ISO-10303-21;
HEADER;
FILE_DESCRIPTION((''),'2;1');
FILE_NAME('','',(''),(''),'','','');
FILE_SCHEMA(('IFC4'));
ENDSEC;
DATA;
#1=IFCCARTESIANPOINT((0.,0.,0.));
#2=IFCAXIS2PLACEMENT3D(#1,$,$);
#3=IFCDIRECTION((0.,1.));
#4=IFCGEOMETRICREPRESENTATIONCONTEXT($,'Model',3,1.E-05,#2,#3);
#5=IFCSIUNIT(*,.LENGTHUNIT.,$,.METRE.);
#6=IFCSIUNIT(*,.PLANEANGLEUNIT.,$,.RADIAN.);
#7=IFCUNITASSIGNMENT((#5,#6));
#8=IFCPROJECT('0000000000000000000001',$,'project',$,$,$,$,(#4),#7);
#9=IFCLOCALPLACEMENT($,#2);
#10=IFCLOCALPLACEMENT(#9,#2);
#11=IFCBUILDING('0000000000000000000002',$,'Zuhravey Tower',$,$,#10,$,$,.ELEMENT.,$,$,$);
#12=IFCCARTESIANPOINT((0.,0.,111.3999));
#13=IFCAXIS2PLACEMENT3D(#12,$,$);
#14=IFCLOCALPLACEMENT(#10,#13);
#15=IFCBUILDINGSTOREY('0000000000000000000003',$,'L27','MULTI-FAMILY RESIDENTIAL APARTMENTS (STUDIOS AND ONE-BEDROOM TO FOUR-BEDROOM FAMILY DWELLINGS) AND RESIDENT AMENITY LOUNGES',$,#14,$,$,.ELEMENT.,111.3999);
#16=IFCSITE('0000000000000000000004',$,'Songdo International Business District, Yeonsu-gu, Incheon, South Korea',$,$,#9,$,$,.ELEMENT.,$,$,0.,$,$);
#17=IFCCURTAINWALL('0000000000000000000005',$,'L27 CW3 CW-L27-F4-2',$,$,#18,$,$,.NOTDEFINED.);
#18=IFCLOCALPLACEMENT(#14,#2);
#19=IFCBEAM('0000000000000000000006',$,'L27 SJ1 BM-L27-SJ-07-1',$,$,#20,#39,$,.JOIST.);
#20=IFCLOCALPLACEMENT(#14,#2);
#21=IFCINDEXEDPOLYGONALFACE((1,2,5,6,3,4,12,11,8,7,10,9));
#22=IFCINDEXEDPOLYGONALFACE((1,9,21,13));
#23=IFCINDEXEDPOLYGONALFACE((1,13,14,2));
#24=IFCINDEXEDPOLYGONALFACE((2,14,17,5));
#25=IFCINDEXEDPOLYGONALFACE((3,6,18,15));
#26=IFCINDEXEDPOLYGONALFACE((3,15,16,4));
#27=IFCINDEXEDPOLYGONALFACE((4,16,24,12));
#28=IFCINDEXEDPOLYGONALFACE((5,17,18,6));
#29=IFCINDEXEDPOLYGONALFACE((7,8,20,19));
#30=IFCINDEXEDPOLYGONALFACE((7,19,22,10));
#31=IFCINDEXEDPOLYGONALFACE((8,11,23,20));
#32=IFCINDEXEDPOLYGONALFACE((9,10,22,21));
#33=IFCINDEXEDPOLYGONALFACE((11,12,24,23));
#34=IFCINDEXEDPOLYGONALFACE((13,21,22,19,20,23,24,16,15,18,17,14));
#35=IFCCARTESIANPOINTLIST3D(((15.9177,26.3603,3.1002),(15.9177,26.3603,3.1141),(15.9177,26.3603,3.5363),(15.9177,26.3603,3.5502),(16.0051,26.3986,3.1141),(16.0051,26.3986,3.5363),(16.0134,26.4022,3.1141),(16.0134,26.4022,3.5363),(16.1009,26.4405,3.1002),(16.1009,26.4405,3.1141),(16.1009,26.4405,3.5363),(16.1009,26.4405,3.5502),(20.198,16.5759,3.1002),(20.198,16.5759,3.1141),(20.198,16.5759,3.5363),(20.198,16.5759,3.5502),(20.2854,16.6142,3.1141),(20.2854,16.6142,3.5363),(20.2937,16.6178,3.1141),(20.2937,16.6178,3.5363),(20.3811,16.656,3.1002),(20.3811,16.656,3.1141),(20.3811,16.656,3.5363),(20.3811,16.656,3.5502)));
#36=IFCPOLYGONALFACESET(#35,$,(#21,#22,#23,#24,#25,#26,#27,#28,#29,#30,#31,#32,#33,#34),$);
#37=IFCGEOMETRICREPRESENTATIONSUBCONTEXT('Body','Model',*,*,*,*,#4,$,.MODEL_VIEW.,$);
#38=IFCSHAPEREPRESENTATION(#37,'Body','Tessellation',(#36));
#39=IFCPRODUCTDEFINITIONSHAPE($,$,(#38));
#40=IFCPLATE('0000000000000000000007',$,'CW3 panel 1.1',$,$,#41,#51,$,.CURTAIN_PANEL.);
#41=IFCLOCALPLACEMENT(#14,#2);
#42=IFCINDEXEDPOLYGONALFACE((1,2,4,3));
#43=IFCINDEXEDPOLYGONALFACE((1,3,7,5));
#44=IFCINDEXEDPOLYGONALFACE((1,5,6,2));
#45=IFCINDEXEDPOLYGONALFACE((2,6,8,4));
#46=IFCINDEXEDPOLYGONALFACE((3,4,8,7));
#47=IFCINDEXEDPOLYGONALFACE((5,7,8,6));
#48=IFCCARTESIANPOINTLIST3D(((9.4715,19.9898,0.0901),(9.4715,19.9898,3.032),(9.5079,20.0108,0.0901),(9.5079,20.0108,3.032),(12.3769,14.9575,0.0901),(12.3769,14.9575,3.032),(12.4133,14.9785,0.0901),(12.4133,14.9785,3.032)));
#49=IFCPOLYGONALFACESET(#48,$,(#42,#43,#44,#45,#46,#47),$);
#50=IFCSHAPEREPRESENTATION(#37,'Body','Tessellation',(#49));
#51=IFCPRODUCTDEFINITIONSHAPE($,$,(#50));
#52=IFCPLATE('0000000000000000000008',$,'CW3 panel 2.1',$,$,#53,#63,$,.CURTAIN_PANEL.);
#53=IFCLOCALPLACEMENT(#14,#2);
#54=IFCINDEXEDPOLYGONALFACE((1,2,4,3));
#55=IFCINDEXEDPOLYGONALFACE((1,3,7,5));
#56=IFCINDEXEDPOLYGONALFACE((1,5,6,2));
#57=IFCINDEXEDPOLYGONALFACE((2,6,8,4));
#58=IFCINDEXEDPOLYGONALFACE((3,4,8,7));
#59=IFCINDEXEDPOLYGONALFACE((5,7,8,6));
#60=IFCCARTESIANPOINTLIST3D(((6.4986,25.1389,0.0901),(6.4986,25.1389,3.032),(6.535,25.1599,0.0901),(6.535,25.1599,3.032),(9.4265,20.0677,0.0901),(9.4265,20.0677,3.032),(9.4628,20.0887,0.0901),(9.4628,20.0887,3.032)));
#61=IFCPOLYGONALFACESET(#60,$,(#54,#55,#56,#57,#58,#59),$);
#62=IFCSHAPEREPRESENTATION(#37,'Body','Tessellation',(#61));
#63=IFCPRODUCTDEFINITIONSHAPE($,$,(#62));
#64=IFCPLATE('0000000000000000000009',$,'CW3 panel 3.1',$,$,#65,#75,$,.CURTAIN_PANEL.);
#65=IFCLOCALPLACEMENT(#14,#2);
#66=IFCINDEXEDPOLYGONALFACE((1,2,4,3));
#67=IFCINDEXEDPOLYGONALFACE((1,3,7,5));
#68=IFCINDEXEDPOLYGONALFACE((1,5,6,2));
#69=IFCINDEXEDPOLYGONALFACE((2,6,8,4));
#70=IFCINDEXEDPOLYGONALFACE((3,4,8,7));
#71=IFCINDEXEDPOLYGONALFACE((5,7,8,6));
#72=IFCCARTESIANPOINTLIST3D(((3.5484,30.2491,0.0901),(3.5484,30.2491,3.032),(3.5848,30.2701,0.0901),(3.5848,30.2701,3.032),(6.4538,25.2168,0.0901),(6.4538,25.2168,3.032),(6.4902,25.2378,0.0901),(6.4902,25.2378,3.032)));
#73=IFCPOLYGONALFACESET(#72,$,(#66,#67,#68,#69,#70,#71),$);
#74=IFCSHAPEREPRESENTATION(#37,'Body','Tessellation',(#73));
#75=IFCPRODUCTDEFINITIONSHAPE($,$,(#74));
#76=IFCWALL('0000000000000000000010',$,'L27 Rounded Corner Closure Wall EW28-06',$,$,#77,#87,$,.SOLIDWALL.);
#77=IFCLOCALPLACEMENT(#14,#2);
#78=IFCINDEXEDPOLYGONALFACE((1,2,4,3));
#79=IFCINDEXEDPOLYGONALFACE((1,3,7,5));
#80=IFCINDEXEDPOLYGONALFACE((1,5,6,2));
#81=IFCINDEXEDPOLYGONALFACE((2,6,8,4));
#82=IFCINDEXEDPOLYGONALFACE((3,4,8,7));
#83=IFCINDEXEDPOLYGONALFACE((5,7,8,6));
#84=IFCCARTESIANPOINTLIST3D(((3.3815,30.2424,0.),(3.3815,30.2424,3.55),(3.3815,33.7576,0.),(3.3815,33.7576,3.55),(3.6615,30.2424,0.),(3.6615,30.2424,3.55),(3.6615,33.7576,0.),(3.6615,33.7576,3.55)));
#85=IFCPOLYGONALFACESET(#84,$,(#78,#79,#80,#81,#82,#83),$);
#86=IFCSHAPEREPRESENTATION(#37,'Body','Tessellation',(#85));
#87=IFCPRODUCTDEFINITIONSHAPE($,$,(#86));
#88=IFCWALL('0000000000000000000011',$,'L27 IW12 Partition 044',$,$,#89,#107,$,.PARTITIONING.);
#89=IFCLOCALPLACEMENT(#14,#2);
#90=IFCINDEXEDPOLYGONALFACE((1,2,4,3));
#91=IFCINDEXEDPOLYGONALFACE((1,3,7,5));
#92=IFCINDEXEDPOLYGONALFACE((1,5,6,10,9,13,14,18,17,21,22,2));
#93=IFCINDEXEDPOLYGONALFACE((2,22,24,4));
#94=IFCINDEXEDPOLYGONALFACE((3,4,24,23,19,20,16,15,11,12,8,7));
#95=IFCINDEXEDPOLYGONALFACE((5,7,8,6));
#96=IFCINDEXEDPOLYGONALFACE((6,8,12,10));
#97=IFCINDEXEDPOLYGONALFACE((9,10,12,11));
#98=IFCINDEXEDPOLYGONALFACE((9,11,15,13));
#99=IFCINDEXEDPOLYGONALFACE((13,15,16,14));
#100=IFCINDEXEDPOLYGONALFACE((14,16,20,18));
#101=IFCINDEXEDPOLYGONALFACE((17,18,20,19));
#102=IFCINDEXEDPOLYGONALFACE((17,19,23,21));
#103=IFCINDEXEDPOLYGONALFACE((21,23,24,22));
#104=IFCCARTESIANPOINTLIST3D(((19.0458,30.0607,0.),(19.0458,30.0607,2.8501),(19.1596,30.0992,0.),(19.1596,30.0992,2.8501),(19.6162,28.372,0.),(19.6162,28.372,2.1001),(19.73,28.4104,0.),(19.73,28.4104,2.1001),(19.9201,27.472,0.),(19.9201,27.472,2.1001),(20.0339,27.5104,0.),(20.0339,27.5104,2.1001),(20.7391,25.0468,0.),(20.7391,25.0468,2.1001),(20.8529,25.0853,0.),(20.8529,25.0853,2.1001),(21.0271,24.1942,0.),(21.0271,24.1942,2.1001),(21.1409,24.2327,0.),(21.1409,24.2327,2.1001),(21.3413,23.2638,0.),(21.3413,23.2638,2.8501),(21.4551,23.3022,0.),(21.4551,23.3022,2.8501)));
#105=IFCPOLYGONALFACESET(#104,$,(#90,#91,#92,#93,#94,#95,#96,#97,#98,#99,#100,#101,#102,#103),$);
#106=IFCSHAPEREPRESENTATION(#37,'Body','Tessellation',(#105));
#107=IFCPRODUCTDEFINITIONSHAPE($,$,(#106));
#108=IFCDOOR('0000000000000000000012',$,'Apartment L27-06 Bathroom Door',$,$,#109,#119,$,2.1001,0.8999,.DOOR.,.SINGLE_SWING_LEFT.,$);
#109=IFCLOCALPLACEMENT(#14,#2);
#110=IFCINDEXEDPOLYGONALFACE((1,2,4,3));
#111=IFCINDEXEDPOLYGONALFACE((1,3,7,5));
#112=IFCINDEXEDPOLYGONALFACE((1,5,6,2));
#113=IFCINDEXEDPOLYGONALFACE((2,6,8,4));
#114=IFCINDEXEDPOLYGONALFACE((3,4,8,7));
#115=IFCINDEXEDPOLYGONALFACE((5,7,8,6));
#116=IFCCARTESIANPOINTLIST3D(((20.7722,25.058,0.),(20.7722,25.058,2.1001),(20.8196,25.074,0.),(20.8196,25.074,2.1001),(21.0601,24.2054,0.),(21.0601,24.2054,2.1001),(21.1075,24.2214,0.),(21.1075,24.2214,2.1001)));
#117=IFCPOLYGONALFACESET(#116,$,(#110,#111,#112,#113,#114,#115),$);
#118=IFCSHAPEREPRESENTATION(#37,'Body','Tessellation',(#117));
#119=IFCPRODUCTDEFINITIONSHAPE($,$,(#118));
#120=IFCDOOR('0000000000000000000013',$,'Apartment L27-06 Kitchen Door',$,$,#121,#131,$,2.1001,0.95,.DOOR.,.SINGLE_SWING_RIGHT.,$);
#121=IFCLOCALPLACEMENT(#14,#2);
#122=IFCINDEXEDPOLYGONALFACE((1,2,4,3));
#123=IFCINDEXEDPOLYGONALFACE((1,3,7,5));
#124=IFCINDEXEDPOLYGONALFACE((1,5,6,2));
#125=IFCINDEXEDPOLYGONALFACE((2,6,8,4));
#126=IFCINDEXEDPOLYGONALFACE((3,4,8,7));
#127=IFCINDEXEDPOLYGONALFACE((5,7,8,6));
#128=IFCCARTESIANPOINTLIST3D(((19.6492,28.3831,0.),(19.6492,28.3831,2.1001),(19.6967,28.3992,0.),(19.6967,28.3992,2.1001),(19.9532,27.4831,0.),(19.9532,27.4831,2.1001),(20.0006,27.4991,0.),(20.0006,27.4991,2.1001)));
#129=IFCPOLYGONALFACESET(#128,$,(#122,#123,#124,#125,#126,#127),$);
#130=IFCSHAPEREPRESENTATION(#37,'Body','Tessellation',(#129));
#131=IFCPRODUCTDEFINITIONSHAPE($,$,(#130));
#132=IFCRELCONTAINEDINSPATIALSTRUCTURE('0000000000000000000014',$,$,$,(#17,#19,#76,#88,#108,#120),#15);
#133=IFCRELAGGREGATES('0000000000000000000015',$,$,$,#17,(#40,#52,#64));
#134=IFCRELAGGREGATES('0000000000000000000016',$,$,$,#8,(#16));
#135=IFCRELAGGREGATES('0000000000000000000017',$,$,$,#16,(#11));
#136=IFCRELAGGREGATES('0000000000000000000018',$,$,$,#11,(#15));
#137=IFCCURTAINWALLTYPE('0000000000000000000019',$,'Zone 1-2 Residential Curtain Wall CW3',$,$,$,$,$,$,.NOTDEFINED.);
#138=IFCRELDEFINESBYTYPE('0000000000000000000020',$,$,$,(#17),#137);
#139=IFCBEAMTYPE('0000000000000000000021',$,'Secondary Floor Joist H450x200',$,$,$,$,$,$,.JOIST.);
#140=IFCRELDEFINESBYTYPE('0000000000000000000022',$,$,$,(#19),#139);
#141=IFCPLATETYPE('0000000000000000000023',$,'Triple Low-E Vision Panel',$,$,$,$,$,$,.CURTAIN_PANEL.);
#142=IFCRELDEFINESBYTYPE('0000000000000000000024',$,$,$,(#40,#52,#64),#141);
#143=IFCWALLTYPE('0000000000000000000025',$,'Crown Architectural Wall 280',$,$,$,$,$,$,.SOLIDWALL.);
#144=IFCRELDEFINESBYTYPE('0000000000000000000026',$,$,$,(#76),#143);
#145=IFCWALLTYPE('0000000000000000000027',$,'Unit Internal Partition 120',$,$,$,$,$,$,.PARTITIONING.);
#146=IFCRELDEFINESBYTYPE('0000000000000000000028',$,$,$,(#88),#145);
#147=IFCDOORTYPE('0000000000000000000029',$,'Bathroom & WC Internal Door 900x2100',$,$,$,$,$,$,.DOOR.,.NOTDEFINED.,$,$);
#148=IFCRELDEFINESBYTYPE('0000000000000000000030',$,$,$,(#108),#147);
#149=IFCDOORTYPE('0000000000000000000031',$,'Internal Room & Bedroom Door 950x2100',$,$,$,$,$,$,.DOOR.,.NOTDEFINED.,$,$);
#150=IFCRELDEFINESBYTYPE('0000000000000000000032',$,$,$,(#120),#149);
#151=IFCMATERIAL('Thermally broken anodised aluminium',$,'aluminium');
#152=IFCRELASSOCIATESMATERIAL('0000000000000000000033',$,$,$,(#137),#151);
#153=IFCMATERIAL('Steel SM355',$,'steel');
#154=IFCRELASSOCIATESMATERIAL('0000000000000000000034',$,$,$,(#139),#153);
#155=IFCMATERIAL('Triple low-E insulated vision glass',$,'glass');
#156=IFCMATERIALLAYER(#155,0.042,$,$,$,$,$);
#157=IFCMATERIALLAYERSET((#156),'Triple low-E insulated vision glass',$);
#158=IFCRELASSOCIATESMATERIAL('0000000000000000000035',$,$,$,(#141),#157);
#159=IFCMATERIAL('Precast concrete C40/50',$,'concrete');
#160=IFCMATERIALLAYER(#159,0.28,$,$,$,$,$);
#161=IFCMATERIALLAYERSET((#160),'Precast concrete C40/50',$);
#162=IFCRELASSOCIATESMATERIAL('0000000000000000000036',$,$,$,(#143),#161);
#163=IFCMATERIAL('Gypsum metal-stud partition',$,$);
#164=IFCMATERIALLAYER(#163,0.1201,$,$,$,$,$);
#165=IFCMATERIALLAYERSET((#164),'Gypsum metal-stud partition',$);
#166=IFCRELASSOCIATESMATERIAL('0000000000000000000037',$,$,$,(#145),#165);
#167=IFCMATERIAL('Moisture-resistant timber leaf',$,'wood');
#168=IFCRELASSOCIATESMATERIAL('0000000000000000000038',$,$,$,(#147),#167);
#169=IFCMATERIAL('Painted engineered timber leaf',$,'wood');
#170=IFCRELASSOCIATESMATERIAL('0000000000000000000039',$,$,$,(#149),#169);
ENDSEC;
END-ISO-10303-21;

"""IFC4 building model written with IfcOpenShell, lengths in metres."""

from ifc_helpers import new_model, si_unit, direction, frame, frame_2d, origin, origin_2d, place, context, subcontext, project, spatial, rectangle, i_section, extrude, material, layer, layer_set, material_profile, profile_set, type_object, element, fill, aggregate, save


model = new_model("IFC4")

# Units and contexts
model_context = context("Model", 3, precision=1e-05, world=origin(), true_north=direction((0.0, 1.0)))
body_context = subcontext(model_context, "Body", "Model", "MODEL_VIEW")
ifc_project = project(units=[si_unit("LENGTHUNIT", "METRE"), si_unit("PLANEANGLEUNIT", "RADIAN")], contexts=[model_context])

# Site, building, storey
site_placement = place(None, origin())
site = spatial("IfcSite", under=ifc_project, at=site_placement, Name="Songdo International Business District, Yeonsu-gu, Incheon, South Korea", CompositionType="ELEMENT", RefElevation=0.0)
building_placement = place(site_placement, origin())
building = spatial("IfcBuilding", under=site, at=building_placement, Name="Zuhravey Tower", CompositionType="ELEMENT")
storey_placement = place(building_placement, frame((0.0, 0.0, 111.3999)))
storey = spatial("IfcBuildingStorey", under=building, at=storey_placement, Name="L27", Description="MULTI-FAMILY RESIDENTIAL APARTMENTS (STUDIOS AND ONE-BEDROOM TO FOUR-BEDROOM FAMILY DWELLINGS) AND RESIDENT AMENITY LOUNGES", CompositionType="ELEMENT", Elevation=111.3999)

# Curtain wall
ifc_material_1 = material(Name="Thermally broken anodised aluminium", Category="aluminium")
curtain_wall_type = type_object("IfcCurtainWallType", Name="Zone 1-2 Residential Curtain Wall CW3", PredefinedType="NOTDEFINED", material=ifc_material_1)
curtain_wall_placement = place(storey_placement, origin())
curtain_wall = element("IfcCurtainWall", 1, at=curtain_wall_placement, inside=storey, type_object=curtain_wall_type, Name="L27 CW3 CW-L27-F4-2", PredefinedType="NOTDEFINED")

# Beam
ifc_material_2 = material(Name="Steel SM355", Category="steel")
ifc_material_profile_1 = material_profile(ifc_material_2, i_section(OverallWidth=0.2, OverallDepth=0.45, WebThickness=0.009, FlangeThickness=0.0139, at=origin_2d()), Name="H-450x200x9x14")
ifc_profile_set_1 = profile_set([ifc_material_profile_1], Name="Steel SM355")
beam_type_1 = type_object("IfcBeamType", Name="Secondary Floor Joist H450x200", PredefinedType="JOIST", material=ifc_profile_set_1)
beam_1_placement = place(storey_placement, frame((16.0093, 26.4004, 3.3252), z_axis=(0.400786, -0.916172, 0.0), x_axis=(0.916172, 0.400786, 0.0)))
element("IfcBeam", 2, at=beam_1_placement, inside=storey, type_object=beam_type_1, Name="L27 SJ1 BM-L27-SJ-07-1", PredefinedType="JOIST", context=body_context, shape_type="SweptSolid", body=[
    extrude(i_section(OverallWidth=0.2, OverallDepth=0.45, WebThickness=0.009, FlangeThickness=0.0139, at=origin_2d()), origin(), (0.0, 0.0, 1.0), 10.6797),
])

# Plates
ifc_material_3 = material(Name="Triple low-E insulated vision glass", Category="glass")
ifc_layer_1 = layer(ifc_material_3, 0.042)
ifc_layer_set_1 = layer_set([ifc_layer_1], Name="Triple low-E insulated vision glass")
plate_type = type_object("IfcPlateType", Name="Triple Low-E Vision Panel", PredefinedType="CURTAIN_PANEL", material=ifc_layer_set_1)
plate_1_placement = place(storey_placement, frame((10.9424, 17.4841, 0.0901), z_axis=(0.0, 0.0, 1.0), x_axis=(-0.499999, 0.866026, 0.0)))
plate_1 = element("IfcPlate", 3, at=plate_1_placement, type_object=plate_type, Name="CW3 panel 1.1", PredefinedType="CURTAIN_PANEL", context=body_context, shape_type="SweptSolid", body=[
    extrude(rectangle(XDim=5.8108, YDim=0.042, at=origin_2d()), origin(), (0.0, 0.0, 1.0), 2.9419),
])
plate_2_placement = place(storey_placement, frame((7.9807, 22.6138, 0.0901), z_axis=(0.0, 0.0, 1.0), x_axis=(-0.499999, 0.866026, 0.0)))
plate_2 = element("IfcPlate", 4, at=plate_2_placement, type_object=plate_type, Name="CW3 panel 2.1", PredefinedType="CURTAIN_PANEL", context=body_context, shape_type="SweptSolid", body=[
    extrude(rectangle(XDim=5.8557, YDim=0.042, at=origin_2d()), origin(), (0.0, 0.0, 1.0), 2.9419),
])
plate_3_placement = place(storey_placement, frame((5.0193, 27.7434, 0.0901), z_axis=(0.0, 0.0, 1.0), x_axis=(-0.499999, 0.866026, 0.0)))
plate_3 = element("IfcPlate", 5, at=plate_3_placement, type_object=plate_type, Name="CW3 panel 3.1", PredefinedType="CURTAIN_PANEL", context=body_context, shape_type="SweptSolid", body=[
    extrude(rectangle(XDim=5.8108, YDim=0.042, at=origin_2d()), origin(), (0.0, 0.0, 1.0), 2.9419),
])
aggregate(curtain_wall, [plate_1, plate_2, plate_3])

# Wall
ifc_material_4 = material(Name="Precast concrete C40/50", Category="concrete")
ifc_layer_2 = layer(ifc_material_4, 0.28)
ifc_layer_set_2 = layer_set([ifc_layer_2], Name="Precast concrete C40/50")
wall_type_1 = type_object("IfcWallType", Name="Crown Architectural Wall 280", PredefinedType="SOLIDWALL", material=ifc_layer_set_2)
wall_1_placement = place(storey_placement, frame((3.5215, 30.2424, 0.0), z_axis=(0.0, 0.0, 1.0), x_axis=(0.0, 1.0, 0.0)))
element("IfcWall", 6, at=wall_1_placement, inside=storey, type_object=wall_type_1, Name="L27 Rounded Corner Closure Wall EW28-06", PredefinedType="SOLIDWALL", context=body_context, shape_type="SweptSolid", body=[
    extrude(rectangle(XDim=3.5151, YDim=0.28, at=frame_2d((1.7576, 0.0))), origin(), (0.0, 0.0, 1.0), 3.55),
])

# Wall, openings, doors
ifc_material_5 = material(Name="Gypsum metal-stud partition")
ifc_layer_3 = layer(ifc_material_5, 0.1201)
ifc_layer_set_3 = layer_set([ifc_layer_3], Name="Gypsum metal-stud partition")
wall_type_2 = type_object("IfcWallType", Name="Unit Internal Partition 120", PredefinedType="PARTITIONING", material=ifc_layer_set_3)
wall_2_placement = place(storey_placement, frame((19.1028, 30.0798, 0.0), z_axis=(0.0, 0.0, 1.0), x_axis=(0.319962, -0.94743, 0.0)))
wall_2 = element("IfcWall", 7, at=wall_2_placement, inside=storey, type_object=wall_type_2, Name="L27 IW12 Partition 044", PredefinedType="PARTITIONING", context=body_context, shape_type="SweptSolid", body=[
    extrude(rectangle(XDim=7.1741, YDim=0.1201, at=frame_2d((3.5869, 0.0))), origin(), (0.0, 0.0, 1.0), 2.8501),
])
opening_1_placement = place(wall_2_placement, frame((1.7822, 0.0, 0.0)))
opening_1 = element("IfcOpeningElement", 8, at=opening_1_placement, cuts=wall_2, PredefinedType="OPENING", context=body_context, shape_type="SweptSolid", body=[
    extrude(rectangle(XDim=0.95, YDim=2.1001, at=frame_2d((0.4751, 1.05))), frame((0.0, 0.072, 0.0), z_axis=(0.0, -1.0, 0.0), x_axis=(1.0, 0.0, 0.0)), (0.0, 0.0, 1.0), 0.144),
])
opening_2_placement = place(wall_2_placement, frame((5.292, 0.0, 0.0)))
opening_2 = element("IfcOpeningElement", 9, at=opening_2_placement, cuts=wall_2, PredefinedType="OPENING", context=body_context, shape_type="SweptSolid", body=[
    extrude(rectangle(XDim=0.8999, YDim=2.1001, at=frame_2d((0.45, 1.05))), frame((0.0, 0.072, 0.0), z_axis=(0.0, -1.0, 0.0), x_axis=(1.0, 0.0, 0.0)), (0.0, 0.0, 1.0), 0.144),
])
ifc_material_6 = material(Name="Moisture-resistant timber leaf", Category="wood")
door_type_1 = type_object("IfcDoorType", Name="Bathroom & WC Internal Door 900x2100", OperationType="NOTDEFINED", PredefinedType="DOOR", material=ifc_material_6)
door_1_placement = place(opening_2_placement, origin())
door_1 = element("IfcDoor", 10, at=door_1_placement, inside=storey, type_object=door_type_1, Name="Apartment L27-06 Bathroom Door", OperationType="SINGLE_SWING_LEFT", OverallHeight=2.1001, OverallWidth=0.8999, PredefinedType="DOOR", context=body_context, shape_type="SweptSolid", body=[
    extrude(rectangle(XDim=0.8999, YDim=2.1001, at=frame_2d((0.45, 1.05))), frame((0.0, 0.0249, 0.0), z_axis=(0.0, -1.0, 0.0), x_axis=(1.0, 0.0, 0.0)), (0.0, 0.0, 1.0), 0.05),
])
fill(opening_2, door_1)
ifc_material_7 = material(Name="Painted engineered timber leaf", Category="wood")
door_type_2 = type_object("IfcDoorType", Name="Internal Room & Bedroom Door 950x2100", OperationType="NOTDEFINED", PredefinedType="DOOR", material=ifc_material_7)
door_2_placement = place(opening_1_placement, origin())
door_2 = element("IfcDoor", 11, at=door_2_placement, inside=storey, type_object=door_type_2, Name="Apartment L27-06 Kitchen Door", OperationType="SINGLE_SWING_RIGHT", OverallHeight=2.1001, OverallWidth=0.95, PredefinedType="DOOR", context=body_context, shape_type="SweptSolid", body=[
    extrude(rectangle(XDim=0.95, YDim=2.1001, at=frame_2d((0.4751, 1.05))), frame((0.0, 0.0249, 0.0), z_axis=(0.0, -1.0, 0.0), x_axis=(1.0, 0.0, 0.0)), (0.0, 0.0, 1.0), 0.05),
])
fill(opening_1, door_2)

save(model, "model.ifc")
